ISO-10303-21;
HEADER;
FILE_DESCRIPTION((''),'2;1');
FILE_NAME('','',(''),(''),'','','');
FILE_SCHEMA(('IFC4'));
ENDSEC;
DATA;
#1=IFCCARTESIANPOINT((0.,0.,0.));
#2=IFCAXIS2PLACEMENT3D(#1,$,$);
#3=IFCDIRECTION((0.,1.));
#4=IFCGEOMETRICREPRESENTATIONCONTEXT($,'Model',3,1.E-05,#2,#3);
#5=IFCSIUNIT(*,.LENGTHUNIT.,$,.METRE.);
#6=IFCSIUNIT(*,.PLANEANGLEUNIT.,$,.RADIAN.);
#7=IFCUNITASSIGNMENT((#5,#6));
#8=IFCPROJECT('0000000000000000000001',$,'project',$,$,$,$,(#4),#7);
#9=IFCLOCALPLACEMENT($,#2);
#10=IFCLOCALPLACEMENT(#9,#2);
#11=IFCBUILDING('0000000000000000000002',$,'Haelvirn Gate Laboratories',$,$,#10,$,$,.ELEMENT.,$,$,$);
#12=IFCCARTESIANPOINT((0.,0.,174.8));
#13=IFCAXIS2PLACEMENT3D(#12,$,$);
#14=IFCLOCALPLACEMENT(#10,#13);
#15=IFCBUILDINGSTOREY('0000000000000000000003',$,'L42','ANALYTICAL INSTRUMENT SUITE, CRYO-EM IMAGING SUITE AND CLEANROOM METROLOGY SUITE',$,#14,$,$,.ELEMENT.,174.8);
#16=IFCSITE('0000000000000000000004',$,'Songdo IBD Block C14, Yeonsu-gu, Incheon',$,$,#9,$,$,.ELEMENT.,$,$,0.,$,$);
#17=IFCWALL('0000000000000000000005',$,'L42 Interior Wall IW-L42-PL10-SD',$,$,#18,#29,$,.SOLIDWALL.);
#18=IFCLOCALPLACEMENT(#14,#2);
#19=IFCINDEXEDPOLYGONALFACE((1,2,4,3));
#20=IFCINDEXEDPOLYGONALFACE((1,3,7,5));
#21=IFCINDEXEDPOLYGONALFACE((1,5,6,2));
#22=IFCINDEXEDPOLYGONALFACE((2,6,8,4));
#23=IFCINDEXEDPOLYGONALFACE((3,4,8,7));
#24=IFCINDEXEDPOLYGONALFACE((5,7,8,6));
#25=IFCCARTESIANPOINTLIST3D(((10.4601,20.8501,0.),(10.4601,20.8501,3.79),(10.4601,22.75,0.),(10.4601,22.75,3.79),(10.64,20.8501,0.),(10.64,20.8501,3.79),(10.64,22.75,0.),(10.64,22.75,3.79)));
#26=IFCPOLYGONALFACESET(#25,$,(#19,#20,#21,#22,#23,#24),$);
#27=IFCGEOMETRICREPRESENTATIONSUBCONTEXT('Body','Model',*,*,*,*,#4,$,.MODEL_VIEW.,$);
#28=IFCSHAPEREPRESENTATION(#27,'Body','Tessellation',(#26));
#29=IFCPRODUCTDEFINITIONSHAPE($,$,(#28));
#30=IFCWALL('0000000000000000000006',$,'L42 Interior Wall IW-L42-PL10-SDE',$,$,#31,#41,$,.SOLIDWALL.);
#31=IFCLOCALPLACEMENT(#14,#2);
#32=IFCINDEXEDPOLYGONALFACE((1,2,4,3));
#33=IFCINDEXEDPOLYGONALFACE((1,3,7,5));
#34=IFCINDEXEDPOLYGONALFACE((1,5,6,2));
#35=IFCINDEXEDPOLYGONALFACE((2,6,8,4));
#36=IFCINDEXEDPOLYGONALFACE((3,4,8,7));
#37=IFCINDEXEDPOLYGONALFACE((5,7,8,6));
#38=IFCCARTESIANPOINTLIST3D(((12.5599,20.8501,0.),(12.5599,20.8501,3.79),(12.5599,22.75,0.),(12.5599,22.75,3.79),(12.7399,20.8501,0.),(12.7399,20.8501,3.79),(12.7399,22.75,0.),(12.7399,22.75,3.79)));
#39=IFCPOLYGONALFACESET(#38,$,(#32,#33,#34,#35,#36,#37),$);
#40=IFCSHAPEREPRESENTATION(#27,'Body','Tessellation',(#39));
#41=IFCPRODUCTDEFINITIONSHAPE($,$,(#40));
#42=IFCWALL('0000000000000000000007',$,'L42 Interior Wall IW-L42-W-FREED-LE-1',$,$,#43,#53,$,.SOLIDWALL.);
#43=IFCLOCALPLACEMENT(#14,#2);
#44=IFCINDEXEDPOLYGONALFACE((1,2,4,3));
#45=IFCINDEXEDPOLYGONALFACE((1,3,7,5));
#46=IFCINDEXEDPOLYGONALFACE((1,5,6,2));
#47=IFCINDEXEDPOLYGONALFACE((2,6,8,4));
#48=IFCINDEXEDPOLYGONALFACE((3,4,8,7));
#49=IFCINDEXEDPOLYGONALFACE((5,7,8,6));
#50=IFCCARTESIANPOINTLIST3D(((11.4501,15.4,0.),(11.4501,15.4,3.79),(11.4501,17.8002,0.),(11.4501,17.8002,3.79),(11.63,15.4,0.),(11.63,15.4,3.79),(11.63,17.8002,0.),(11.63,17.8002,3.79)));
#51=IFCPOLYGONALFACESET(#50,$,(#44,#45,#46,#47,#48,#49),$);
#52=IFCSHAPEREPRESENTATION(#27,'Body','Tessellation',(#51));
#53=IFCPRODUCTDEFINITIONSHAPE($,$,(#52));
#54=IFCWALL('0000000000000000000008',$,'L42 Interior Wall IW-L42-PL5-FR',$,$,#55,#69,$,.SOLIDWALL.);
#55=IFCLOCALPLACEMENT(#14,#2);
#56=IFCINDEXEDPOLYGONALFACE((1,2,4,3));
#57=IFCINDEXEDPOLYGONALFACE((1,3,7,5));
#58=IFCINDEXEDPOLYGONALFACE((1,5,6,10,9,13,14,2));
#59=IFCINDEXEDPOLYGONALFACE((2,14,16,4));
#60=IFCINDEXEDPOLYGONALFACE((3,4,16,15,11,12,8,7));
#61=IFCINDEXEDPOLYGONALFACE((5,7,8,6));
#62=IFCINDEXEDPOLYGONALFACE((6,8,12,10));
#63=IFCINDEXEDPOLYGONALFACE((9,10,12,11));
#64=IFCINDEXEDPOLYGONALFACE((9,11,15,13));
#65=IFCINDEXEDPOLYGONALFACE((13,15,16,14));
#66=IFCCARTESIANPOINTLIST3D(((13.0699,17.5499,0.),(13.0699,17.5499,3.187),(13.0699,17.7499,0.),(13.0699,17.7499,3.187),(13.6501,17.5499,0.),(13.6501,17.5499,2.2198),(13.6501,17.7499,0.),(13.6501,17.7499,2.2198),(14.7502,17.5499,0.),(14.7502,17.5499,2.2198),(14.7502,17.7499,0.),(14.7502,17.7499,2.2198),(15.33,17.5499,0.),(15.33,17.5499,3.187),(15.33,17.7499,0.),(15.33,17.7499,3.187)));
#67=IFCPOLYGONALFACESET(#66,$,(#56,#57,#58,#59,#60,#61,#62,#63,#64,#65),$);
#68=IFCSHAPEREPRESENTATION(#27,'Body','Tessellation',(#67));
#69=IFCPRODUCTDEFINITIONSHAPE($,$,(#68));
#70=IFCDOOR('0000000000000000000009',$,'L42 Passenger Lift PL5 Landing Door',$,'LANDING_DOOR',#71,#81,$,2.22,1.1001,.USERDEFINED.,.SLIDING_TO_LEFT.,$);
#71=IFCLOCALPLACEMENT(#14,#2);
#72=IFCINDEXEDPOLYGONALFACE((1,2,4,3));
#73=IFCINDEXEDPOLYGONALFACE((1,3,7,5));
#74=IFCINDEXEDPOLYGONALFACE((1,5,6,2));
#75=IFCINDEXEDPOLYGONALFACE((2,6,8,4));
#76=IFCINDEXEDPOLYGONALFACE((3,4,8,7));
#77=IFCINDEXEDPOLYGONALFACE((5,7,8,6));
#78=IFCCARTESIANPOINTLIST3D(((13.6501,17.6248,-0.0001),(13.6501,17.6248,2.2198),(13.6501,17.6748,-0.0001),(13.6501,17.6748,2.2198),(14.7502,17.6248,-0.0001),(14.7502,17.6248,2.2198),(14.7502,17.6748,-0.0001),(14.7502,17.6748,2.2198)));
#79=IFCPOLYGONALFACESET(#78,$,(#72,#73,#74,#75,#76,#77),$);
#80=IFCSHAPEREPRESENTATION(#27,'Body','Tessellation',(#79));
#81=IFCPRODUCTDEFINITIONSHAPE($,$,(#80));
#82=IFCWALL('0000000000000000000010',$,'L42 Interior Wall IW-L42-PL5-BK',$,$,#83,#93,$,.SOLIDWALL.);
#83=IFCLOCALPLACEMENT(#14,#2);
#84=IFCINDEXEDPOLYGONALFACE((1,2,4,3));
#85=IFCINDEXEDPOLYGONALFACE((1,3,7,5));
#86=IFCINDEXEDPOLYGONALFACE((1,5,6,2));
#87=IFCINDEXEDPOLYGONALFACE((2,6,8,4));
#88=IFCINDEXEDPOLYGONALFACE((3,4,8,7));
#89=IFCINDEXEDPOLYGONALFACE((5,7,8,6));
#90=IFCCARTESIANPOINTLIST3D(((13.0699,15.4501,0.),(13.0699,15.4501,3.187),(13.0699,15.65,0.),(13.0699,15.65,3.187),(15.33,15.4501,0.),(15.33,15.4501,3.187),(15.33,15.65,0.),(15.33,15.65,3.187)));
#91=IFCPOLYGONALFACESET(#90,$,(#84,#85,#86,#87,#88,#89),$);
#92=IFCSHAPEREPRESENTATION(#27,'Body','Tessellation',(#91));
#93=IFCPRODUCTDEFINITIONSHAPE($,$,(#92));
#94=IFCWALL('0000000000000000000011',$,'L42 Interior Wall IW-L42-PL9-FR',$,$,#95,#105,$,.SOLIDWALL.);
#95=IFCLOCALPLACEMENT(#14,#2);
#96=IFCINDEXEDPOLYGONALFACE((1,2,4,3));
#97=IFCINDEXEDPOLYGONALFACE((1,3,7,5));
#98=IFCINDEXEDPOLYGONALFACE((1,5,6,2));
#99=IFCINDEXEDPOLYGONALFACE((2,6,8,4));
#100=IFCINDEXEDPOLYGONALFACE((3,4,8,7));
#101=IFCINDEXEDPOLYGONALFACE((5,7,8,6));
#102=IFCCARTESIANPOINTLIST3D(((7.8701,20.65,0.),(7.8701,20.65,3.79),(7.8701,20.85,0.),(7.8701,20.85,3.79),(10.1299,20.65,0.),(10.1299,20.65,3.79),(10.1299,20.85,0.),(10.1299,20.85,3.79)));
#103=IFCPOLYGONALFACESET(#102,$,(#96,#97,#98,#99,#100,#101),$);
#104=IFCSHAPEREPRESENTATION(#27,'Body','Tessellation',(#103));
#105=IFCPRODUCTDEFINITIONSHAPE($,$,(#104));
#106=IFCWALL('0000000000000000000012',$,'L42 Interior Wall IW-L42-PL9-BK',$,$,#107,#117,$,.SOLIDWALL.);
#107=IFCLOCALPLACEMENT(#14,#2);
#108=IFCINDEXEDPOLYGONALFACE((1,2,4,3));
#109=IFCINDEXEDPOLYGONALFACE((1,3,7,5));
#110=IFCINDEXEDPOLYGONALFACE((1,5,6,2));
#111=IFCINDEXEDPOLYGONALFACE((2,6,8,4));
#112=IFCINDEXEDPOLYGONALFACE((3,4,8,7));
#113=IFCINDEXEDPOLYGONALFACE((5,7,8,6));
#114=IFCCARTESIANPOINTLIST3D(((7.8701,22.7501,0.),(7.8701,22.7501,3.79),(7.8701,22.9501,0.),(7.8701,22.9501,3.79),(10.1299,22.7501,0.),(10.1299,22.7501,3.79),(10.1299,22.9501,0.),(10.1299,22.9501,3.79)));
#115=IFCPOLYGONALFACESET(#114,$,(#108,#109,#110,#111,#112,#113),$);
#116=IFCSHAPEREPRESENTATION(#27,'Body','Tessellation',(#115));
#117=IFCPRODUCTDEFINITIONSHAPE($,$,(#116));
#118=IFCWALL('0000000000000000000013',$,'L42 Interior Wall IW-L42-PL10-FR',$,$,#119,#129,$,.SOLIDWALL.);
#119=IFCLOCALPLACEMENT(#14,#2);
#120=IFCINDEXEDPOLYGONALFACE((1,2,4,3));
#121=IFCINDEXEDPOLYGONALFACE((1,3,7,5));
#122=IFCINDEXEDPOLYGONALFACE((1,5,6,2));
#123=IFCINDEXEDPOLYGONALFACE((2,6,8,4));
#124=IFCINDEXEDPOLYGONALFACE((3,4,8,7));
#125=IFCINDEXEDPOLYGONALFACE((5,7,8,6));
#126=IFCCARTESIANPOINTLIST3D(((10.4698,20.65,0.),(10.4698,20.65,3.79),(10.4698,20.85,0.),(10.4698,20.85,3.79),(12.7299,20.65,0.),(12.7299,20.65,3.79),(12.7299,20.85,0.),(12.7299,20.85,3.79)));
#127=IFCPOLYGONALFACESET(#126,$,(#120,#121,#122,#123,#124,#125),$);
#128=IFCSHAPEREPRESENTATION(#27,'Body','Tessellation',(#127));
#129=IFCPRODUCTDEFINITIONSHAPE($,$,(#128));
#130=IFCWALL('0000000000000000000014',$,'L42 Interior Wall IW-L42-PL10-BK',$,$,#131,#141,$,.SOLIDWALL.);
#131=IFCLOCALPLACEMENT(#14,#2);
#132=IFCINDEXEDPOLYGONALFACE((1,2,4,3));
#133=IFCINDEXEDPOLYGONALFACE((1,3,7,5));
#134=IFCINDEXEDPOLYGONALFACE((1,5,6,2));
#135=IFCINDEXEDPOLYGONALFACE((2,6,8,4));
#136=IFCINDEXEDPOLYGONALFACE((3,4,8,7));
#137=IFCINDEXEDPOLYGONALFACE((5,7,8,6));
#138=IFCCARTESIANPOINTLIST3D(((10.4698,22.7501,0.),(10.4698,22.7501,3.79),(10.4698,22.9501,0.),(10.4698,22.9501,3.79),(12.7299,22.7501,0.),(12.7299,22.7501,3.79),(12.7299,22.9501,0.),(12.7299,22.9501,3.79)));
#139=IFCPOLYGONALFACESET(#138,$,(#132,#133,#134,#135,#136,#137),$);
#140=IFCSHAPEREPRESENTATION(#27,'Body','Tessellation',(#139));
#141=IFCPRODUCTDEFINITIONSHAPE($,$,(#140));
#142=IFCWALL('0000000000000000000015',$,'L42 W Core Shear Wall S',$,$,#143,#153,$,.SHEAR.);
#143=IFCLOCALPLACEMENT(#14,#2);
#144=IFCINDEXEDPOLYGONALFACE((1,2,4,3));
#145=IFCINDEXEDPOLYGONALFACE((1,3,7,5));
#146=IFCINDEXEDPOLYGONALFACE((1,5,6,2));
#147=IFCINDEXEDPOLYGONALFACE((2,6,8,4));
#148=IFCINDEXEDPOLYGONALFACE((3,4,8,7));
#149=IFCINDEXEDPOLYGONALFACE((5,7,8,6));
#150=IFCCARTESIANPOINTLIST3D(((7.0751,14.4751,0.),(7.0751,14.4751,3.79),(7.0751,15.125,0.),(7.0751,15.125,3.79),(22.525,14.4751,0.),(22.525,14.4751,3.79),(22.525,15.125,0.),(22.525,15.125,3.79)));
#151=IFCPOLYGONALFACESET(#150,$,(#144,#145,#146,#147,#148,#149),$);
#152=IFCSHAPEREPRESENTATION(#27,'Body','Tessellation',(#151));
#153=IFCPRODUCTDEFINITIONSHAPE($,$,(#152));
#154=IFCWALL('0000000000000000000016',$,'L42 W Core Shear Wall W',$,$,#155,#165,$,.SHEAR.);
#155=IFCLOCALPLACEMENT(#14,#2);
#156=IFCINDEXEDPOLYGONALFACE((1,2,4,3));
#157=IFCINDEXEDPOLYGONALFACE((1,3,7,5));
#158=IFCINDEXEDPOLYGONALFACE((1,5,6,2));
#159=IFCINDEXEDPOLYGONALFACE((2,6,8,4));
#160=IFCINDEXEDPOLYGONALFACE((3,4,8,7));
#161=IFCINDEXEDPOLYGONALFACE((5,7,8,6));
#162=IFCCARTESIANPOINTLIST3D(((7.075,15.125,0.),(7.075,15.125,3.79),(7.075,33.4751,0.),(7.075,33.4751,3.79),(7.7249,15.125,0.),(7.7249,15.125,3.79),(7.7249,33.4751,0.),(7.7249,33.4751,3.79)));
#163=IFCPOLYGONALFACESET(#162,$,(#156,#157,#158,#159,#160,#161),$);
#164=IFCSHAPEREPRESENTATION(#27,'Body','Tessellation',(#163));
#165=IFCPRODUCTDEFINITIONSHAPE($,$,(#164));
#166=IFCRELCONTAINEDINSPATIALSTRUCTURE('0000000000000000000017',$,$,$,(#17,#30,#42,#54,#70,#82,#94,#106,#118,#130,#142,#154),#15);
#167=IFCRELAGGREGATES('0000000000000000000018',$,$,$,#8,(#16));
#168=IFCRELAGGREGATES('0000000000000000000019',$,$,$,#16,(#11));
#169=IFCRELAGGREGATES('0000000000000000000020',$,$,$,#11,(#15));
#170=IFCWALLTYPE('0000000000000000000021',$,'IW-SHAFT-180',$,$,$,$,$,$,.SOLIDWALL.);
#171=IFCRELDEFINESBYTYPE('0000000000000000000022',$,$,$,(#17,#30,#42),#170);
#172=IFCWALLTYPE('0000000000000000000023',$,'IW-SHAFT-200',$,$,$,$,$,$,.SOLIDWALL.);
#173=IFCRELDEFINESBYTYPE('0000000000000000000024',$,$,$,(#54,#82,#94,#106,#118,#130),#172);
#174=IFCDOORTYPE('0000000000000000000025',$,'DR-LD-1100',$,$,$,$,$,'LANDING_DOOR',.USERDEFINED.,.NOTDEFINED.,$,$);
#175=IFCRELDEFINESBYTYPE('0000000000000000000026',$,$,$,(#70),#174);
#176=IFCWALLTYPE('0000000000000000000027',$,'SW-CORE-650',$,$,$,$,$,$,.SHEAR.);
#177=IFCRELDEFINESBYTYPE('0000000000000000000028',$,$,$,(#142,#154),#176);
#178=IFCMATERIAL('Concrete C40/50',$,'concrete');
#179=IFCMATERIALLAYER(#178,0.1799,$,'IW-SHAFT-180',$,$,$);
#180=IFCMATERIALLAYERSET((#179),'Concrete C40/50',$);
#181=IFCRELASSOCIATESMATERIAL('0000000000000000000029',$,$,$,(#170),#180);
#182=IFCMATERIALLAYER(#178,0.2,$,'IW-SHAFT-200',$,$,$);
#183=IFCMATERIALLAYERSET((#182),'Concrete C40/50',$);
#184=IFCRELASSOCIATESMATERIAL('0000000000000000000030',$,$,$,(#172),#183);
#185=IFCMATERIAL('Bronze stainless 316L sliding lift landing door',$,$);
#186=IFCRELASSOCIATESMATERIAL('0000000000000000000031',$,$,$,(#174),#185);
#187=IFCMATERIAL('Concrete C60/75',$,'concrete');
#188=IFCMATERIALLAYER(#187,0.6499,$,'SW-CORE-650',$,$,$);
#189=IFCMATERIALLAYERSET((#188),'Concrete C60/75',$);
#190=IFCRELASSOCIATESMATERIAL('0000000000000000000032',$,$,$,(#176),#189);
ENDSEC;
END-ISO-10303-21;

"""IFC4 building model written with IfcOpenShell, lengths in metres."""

from ifc_helpers import new_model, si_unit, direction, frame, frame_2d, origin, place, context, subcontext, project, spatial, rectangle, extrude, source, transform, mapped, material, layer, layer_set, type_object, type_shapes, element, fill, save


model = new_model("IFC4")

# Units and contexts
model_context = context("Model", 3, precision=1e-05, world=origin(), true_north=direction((0.0, 1.0)))
body_context = subcontext(model_context, "Body", "Model", "MODEL_VIEW")
ifc_project = project(units=[si_unit("LENGTHUNIT", "METRE"), si_unit("PLANEANGLEUNIT", "RADIAN")], contexts=[model_context])

# Site, building, storey
site_placement = place(None, origin())
site = spatial("IfcSite", under=ifc_project, at=site_placement, Name="Songdo IBD Block C14, Yeonsu-gu, Incheon", CompositionType="ELEMENT", RefElevation=0.0)
building_placement = place(site_placement, origin())
building = spatial("IfcBuilding", under=site, at=building_placement, Name="Haelvirn Gate Laboratories", CompositionType="ELEMENT")
storey_placement = place(building_placement, frame((0.0, 0.0, 174.8)))
storey = spatial("IfcBuildingStorey", under=building, at=storey_placement, Name="L42", Description="ANALYTICAL INSTRUMENT SUITE, CRYO-EM IMAGING SUITE AND CLEANROOM METROLOGY SUITE", CompositionType="ELEMENT", Elevation=174.8)

# Shared definitions
ifc_material_1 = material(Name="Concrete C60/75", Category="concrete")

# Walls
ifc_material_2 = material(Name="Concrete C40/50", Category="concrete")
ifc_layer_1 = layer(ifc_material_2, 0.1799, Name="IW-SHAFT-180")
ifc_layer_set_1 = layer_set([ifc_layer_1], Name="Concrete C40/50")
wall_type_1 = type_object("IfcWallType", Name="IW-SHAFT-180", PredefinedType="SOLIDWALL", material=ifc_layer_set_1)
for number, where, z_axis, x_axis, name in (
    (1, (10.55, 20.8501, 0.0), (0.0, 0.0, 1.0), (0.0, 1.0, 0.0), "L42 Interior Wall IW-L42-PL10-SD"),
    (2, (12.6499, 20.8501, 0.0), (0.0, 0.0, 1.0), (0.0, 1.0, 0.0), "L42 Interior Wall IW-L42-PL10-SDE"),
):
    element("IfcWall", number, at=place(storey_placement, frame(where, z_axis=z_axis, x_axis=x_axis)), inside=storey, type_object=wall_type_1, Name=name, PredefinedType="SOLIDWALL", context=body_context, shape_type="SweptSolid", body=[
        extrude(rectangle(XDim=1.8999, YDim=0.1799, at=frame_2d((0.95, 0.0))), origin(), (0.0, 0.0, 1.0), 3.79),
    ])

# Wall
wall_1_placement = place(storey_placement, frame((11.54, 15.3999, 0.0), z_axis=(0.0, 0.0, 1.0), x_axis=(0.0, 1.0, 0.0)))
element("IfcWall", 3, at=wall_1_placement, inside=storey, type_object=wall_type_1, Name="L42 Interior Wall IW-L42-W-FREED-LE-1", PredefinedType="SOLIDWALL", context=body_context, shape_type="SweptSolid", body=[
    extrude(rectangle(XDim=2.4001, YDim=0.1799, at=frame_2d((1.2002, 0.0))), origin(), (0.0, 0.0, 1.0), 3.79),
])

# Wall, opening, door
ifc_layer_2 = layer(ifc_material_2, 0.2, Name="IW-SHAFT-200")
ifc_layer_set_2 = layer_set([ifc_layer_2], Name="Concrete C40/50")
wall_type_2 = type_object("IfcWallType", Name="IW-SHAFT-200", PredefinedType="SOLIDWALL", material=ifc_layer_set_2)
wall_2_placement = place(storey_placement, frame((13.0701, 17.6499, 0.0), z_axis=(0.0, 0.0, 1.0), x_axis=(1.0, 0.0, 0.0)))
wall_2 = element("IfcWall", 4, at=wall_2_placement, inside=storey, type_object=wall_type_2, Name="L42 Interior Wall IW-L42-PL5-FR", PredefinedType="SOLIDWALL", context=body_context, shape_type="SweptSolid", body=[
    extrude(rectangle(XDim=2.26, YDim=0.2, at=frame_2d((1.1299, 0.0))), origin(), (0.0, 0.0, 1.0), 3.187),
])
opening_1_placement = place(wall_2_placement, frame((0.5801, 0.0, 0.0)))
opening_1 = element("IfcOpeningElement", 5, at=opening_1_placement, cuts=wall_2, PredefinedType="OPENING", context=body_context, shape_type="SweptSolid", body=[
    extrude(rectangle(XDim=1.1001, YDim=2.22, at=frame_2d((0.55, 1.1099))), frame((0.0, 0.1099, 0.0), z_axis=(0.0, -1.0, 0.0), x_axis=(1.0, 0.0, 0.0)), (0.0, 0.0, 1.0), 0.22),
])
ifc_material_3 = material(Name="Bronze stainless 316L sliding lift landing door")
door_type_1 = type_object("IfcDoorType", Name="DR-LD-1100", ElementType="LANDING_DOOR", OperationType="NOTDEFINED", PredefinedType="USERDEFINED", material=ifc_material_3)
shared_shape_1 = source(origin(), body_context, "Body", "SweptSolid", [
    extrude(rectangle(XDim=1.1001, YDim=2.22, at=frame_2d((0.55, 1.1099))), frame((0.0, 0.0249, 0.0), z_axis=(0.0, -1.0, 0.0), x_axis=(1.0, 0.0, 0.0)), (0.0, 0.0, 1.0), 0.05),
])
type_shapes(door_type_1, [shared_shape_1])
door_1_placement = place(opening_1_placement, origin())
door_1 = element("IfcDoor", 6, at=door_1_placement, inside=storey, type_object=door_type_1, Name="L42 Passenger Lift PL5 Landing Door", ObjectType="LANDING_DOOR", OperationType="SLIDING_TO_LEFT", OverallHeight=2.22, OverallWidth=1.1001, PredefinedType="USERDEFINED", context=body_context, shape_type="MappedRepresentation", body=[
    mapped(shared_shape_1, transform((0.0, 0.0, 0.0), scale=1.0)),
])
fill(opening_1, door_1)

# Walls
wall_3_placement = place(storey_placement, frame((13.0701, 15.55, 0.0), z_axis=(0.0, 0.0, 1.0), x_axis=(1.0, 0.0, 0.0)))
element("IfcWall", 7, at=wall_3_placement, inside=storey, type_object=wall_type_2, Name="L42 Interior Wall IW-L42-PL5-BK", PredefinedType="SOLIDWALL", context=body_context, shape_type="SweptSolid", body=[
    extrude(rectangle(XDim=2.26, YDim=0.2, at=frame_2d((1.1299, 0.0))), origin(), (0.0, 0.0, 1.0), 3.187),
])
for number, where, z_axis, x_axis, name in (
    (8, (7.8701, 20.75, 0.0), (0.0, 0.0, 1.0), (1.0, 0.0, 0.0), "L42 Interior Wall IW-L42-PL9-FR"),
    (9, (7.8701, 22.8501, 0.0), (0.0, 0.0, 1.0), (1.0, 0.0, 0.0), "L42 Interior Wall IW-L42-PL9-BK"),
):
    element("IfcWall", number, at=place(storey_placement, frame(where, z_axis=z_axis, x_axis=x_axis)), inside=storey, type_object=wall_type_2, Name=name, PredefinedType="SOLIDWALL", context=body_context, shape_type="SweptSolid", body=[
        extrude(rectangle(XDim=2.2598, YDim=0.2, at=frame_2d((1.1299, 0.0))), origin(), (0.0, 0.0, 1.0), 3.79),
    ])
for number, where, z_axis, x_axis, name in (
    (10, (10.47, 20.75, 0.0), (0.0, 0.0, 1.0), (1.0, 0.0, 0.0), "L42 Interior Wall IW-L42-PL10-FR"),
    (11, (10.47, 22.8501, 0.0), (0.0, 0.0, 1.0), (1.0, 0.0, 0.0), "L42 Interior Wall IW-L42-PL10-BK"),
):
    element("IfcWall", number, at=place(storey_placement, frame(where, z_axis=z_axis, x_axis=x_axis)), inside=storey, type_object=wall_type_2, Name=name, PredefinedType="SOLIDWALL", context=body_context, shape_type="SweptSolid", body=[
        extrude(rectangle(XDim=2.26, YDim=0.2, at=frame_2d((1.1299, 0.0))), origin(), (0.0, 0.0, 1.0), 3.79),
    ])
ifc_layer_3 = layer(ifc_material_1, 0.6499, Name="SW-CORE-650")
ifc_layer_set_3 = layer_set([ifc_layer_3], Name="Concrete C60/75")
wall_type_3 = type_object("IfcWallType", Name="SW-CORE-650", PredefinedType="SHEAR", material=ifc_layer_set_3)
wall_4_placement = place(storey_placement, frame((7.075, 14.8, 0.0), z_axis=(0.0, 0.0, 1.0), x_axis=(1.0, 0.0, 0.0)))
element("IfcWall", 12, at=wall_4_placement, inside=storey, type_object=wall_type_3, Name="L42 W Core Shear Wall S", PredefinedType="SHEAR", context=body_context, shape_type="SweptSolid", body=[
    extrude(rectangle(XDim=15.45, YDim=0.6499, at=frame_2d((7.7251, 0.0))), origin(), (0.0, 0.0, 1.0), 3.79),
])
wall_5_placement = place(storey_placement, frame((7.3999, 15.125, 0.0), z_axis=(0.0, 0.0, 1.0), x_axis=(0.0, 1.0, 0.0)))
element("IfcWall", 13, at=wall_5_placement, inside=storey, type_object=wall_type_3, Name="L42 W Core Shear Wall W", PredefinedType="SHEAR", context=body_context, shape_type="SweptSolid", body=[
    extrude(rectangle(XDim=18.3501, YDim=0.6499, at=frame_2d((9.175, 0.0))), origin(), (0.0, 0.0, 1.0), 3.79),
])

save(model, "model.ifc")
